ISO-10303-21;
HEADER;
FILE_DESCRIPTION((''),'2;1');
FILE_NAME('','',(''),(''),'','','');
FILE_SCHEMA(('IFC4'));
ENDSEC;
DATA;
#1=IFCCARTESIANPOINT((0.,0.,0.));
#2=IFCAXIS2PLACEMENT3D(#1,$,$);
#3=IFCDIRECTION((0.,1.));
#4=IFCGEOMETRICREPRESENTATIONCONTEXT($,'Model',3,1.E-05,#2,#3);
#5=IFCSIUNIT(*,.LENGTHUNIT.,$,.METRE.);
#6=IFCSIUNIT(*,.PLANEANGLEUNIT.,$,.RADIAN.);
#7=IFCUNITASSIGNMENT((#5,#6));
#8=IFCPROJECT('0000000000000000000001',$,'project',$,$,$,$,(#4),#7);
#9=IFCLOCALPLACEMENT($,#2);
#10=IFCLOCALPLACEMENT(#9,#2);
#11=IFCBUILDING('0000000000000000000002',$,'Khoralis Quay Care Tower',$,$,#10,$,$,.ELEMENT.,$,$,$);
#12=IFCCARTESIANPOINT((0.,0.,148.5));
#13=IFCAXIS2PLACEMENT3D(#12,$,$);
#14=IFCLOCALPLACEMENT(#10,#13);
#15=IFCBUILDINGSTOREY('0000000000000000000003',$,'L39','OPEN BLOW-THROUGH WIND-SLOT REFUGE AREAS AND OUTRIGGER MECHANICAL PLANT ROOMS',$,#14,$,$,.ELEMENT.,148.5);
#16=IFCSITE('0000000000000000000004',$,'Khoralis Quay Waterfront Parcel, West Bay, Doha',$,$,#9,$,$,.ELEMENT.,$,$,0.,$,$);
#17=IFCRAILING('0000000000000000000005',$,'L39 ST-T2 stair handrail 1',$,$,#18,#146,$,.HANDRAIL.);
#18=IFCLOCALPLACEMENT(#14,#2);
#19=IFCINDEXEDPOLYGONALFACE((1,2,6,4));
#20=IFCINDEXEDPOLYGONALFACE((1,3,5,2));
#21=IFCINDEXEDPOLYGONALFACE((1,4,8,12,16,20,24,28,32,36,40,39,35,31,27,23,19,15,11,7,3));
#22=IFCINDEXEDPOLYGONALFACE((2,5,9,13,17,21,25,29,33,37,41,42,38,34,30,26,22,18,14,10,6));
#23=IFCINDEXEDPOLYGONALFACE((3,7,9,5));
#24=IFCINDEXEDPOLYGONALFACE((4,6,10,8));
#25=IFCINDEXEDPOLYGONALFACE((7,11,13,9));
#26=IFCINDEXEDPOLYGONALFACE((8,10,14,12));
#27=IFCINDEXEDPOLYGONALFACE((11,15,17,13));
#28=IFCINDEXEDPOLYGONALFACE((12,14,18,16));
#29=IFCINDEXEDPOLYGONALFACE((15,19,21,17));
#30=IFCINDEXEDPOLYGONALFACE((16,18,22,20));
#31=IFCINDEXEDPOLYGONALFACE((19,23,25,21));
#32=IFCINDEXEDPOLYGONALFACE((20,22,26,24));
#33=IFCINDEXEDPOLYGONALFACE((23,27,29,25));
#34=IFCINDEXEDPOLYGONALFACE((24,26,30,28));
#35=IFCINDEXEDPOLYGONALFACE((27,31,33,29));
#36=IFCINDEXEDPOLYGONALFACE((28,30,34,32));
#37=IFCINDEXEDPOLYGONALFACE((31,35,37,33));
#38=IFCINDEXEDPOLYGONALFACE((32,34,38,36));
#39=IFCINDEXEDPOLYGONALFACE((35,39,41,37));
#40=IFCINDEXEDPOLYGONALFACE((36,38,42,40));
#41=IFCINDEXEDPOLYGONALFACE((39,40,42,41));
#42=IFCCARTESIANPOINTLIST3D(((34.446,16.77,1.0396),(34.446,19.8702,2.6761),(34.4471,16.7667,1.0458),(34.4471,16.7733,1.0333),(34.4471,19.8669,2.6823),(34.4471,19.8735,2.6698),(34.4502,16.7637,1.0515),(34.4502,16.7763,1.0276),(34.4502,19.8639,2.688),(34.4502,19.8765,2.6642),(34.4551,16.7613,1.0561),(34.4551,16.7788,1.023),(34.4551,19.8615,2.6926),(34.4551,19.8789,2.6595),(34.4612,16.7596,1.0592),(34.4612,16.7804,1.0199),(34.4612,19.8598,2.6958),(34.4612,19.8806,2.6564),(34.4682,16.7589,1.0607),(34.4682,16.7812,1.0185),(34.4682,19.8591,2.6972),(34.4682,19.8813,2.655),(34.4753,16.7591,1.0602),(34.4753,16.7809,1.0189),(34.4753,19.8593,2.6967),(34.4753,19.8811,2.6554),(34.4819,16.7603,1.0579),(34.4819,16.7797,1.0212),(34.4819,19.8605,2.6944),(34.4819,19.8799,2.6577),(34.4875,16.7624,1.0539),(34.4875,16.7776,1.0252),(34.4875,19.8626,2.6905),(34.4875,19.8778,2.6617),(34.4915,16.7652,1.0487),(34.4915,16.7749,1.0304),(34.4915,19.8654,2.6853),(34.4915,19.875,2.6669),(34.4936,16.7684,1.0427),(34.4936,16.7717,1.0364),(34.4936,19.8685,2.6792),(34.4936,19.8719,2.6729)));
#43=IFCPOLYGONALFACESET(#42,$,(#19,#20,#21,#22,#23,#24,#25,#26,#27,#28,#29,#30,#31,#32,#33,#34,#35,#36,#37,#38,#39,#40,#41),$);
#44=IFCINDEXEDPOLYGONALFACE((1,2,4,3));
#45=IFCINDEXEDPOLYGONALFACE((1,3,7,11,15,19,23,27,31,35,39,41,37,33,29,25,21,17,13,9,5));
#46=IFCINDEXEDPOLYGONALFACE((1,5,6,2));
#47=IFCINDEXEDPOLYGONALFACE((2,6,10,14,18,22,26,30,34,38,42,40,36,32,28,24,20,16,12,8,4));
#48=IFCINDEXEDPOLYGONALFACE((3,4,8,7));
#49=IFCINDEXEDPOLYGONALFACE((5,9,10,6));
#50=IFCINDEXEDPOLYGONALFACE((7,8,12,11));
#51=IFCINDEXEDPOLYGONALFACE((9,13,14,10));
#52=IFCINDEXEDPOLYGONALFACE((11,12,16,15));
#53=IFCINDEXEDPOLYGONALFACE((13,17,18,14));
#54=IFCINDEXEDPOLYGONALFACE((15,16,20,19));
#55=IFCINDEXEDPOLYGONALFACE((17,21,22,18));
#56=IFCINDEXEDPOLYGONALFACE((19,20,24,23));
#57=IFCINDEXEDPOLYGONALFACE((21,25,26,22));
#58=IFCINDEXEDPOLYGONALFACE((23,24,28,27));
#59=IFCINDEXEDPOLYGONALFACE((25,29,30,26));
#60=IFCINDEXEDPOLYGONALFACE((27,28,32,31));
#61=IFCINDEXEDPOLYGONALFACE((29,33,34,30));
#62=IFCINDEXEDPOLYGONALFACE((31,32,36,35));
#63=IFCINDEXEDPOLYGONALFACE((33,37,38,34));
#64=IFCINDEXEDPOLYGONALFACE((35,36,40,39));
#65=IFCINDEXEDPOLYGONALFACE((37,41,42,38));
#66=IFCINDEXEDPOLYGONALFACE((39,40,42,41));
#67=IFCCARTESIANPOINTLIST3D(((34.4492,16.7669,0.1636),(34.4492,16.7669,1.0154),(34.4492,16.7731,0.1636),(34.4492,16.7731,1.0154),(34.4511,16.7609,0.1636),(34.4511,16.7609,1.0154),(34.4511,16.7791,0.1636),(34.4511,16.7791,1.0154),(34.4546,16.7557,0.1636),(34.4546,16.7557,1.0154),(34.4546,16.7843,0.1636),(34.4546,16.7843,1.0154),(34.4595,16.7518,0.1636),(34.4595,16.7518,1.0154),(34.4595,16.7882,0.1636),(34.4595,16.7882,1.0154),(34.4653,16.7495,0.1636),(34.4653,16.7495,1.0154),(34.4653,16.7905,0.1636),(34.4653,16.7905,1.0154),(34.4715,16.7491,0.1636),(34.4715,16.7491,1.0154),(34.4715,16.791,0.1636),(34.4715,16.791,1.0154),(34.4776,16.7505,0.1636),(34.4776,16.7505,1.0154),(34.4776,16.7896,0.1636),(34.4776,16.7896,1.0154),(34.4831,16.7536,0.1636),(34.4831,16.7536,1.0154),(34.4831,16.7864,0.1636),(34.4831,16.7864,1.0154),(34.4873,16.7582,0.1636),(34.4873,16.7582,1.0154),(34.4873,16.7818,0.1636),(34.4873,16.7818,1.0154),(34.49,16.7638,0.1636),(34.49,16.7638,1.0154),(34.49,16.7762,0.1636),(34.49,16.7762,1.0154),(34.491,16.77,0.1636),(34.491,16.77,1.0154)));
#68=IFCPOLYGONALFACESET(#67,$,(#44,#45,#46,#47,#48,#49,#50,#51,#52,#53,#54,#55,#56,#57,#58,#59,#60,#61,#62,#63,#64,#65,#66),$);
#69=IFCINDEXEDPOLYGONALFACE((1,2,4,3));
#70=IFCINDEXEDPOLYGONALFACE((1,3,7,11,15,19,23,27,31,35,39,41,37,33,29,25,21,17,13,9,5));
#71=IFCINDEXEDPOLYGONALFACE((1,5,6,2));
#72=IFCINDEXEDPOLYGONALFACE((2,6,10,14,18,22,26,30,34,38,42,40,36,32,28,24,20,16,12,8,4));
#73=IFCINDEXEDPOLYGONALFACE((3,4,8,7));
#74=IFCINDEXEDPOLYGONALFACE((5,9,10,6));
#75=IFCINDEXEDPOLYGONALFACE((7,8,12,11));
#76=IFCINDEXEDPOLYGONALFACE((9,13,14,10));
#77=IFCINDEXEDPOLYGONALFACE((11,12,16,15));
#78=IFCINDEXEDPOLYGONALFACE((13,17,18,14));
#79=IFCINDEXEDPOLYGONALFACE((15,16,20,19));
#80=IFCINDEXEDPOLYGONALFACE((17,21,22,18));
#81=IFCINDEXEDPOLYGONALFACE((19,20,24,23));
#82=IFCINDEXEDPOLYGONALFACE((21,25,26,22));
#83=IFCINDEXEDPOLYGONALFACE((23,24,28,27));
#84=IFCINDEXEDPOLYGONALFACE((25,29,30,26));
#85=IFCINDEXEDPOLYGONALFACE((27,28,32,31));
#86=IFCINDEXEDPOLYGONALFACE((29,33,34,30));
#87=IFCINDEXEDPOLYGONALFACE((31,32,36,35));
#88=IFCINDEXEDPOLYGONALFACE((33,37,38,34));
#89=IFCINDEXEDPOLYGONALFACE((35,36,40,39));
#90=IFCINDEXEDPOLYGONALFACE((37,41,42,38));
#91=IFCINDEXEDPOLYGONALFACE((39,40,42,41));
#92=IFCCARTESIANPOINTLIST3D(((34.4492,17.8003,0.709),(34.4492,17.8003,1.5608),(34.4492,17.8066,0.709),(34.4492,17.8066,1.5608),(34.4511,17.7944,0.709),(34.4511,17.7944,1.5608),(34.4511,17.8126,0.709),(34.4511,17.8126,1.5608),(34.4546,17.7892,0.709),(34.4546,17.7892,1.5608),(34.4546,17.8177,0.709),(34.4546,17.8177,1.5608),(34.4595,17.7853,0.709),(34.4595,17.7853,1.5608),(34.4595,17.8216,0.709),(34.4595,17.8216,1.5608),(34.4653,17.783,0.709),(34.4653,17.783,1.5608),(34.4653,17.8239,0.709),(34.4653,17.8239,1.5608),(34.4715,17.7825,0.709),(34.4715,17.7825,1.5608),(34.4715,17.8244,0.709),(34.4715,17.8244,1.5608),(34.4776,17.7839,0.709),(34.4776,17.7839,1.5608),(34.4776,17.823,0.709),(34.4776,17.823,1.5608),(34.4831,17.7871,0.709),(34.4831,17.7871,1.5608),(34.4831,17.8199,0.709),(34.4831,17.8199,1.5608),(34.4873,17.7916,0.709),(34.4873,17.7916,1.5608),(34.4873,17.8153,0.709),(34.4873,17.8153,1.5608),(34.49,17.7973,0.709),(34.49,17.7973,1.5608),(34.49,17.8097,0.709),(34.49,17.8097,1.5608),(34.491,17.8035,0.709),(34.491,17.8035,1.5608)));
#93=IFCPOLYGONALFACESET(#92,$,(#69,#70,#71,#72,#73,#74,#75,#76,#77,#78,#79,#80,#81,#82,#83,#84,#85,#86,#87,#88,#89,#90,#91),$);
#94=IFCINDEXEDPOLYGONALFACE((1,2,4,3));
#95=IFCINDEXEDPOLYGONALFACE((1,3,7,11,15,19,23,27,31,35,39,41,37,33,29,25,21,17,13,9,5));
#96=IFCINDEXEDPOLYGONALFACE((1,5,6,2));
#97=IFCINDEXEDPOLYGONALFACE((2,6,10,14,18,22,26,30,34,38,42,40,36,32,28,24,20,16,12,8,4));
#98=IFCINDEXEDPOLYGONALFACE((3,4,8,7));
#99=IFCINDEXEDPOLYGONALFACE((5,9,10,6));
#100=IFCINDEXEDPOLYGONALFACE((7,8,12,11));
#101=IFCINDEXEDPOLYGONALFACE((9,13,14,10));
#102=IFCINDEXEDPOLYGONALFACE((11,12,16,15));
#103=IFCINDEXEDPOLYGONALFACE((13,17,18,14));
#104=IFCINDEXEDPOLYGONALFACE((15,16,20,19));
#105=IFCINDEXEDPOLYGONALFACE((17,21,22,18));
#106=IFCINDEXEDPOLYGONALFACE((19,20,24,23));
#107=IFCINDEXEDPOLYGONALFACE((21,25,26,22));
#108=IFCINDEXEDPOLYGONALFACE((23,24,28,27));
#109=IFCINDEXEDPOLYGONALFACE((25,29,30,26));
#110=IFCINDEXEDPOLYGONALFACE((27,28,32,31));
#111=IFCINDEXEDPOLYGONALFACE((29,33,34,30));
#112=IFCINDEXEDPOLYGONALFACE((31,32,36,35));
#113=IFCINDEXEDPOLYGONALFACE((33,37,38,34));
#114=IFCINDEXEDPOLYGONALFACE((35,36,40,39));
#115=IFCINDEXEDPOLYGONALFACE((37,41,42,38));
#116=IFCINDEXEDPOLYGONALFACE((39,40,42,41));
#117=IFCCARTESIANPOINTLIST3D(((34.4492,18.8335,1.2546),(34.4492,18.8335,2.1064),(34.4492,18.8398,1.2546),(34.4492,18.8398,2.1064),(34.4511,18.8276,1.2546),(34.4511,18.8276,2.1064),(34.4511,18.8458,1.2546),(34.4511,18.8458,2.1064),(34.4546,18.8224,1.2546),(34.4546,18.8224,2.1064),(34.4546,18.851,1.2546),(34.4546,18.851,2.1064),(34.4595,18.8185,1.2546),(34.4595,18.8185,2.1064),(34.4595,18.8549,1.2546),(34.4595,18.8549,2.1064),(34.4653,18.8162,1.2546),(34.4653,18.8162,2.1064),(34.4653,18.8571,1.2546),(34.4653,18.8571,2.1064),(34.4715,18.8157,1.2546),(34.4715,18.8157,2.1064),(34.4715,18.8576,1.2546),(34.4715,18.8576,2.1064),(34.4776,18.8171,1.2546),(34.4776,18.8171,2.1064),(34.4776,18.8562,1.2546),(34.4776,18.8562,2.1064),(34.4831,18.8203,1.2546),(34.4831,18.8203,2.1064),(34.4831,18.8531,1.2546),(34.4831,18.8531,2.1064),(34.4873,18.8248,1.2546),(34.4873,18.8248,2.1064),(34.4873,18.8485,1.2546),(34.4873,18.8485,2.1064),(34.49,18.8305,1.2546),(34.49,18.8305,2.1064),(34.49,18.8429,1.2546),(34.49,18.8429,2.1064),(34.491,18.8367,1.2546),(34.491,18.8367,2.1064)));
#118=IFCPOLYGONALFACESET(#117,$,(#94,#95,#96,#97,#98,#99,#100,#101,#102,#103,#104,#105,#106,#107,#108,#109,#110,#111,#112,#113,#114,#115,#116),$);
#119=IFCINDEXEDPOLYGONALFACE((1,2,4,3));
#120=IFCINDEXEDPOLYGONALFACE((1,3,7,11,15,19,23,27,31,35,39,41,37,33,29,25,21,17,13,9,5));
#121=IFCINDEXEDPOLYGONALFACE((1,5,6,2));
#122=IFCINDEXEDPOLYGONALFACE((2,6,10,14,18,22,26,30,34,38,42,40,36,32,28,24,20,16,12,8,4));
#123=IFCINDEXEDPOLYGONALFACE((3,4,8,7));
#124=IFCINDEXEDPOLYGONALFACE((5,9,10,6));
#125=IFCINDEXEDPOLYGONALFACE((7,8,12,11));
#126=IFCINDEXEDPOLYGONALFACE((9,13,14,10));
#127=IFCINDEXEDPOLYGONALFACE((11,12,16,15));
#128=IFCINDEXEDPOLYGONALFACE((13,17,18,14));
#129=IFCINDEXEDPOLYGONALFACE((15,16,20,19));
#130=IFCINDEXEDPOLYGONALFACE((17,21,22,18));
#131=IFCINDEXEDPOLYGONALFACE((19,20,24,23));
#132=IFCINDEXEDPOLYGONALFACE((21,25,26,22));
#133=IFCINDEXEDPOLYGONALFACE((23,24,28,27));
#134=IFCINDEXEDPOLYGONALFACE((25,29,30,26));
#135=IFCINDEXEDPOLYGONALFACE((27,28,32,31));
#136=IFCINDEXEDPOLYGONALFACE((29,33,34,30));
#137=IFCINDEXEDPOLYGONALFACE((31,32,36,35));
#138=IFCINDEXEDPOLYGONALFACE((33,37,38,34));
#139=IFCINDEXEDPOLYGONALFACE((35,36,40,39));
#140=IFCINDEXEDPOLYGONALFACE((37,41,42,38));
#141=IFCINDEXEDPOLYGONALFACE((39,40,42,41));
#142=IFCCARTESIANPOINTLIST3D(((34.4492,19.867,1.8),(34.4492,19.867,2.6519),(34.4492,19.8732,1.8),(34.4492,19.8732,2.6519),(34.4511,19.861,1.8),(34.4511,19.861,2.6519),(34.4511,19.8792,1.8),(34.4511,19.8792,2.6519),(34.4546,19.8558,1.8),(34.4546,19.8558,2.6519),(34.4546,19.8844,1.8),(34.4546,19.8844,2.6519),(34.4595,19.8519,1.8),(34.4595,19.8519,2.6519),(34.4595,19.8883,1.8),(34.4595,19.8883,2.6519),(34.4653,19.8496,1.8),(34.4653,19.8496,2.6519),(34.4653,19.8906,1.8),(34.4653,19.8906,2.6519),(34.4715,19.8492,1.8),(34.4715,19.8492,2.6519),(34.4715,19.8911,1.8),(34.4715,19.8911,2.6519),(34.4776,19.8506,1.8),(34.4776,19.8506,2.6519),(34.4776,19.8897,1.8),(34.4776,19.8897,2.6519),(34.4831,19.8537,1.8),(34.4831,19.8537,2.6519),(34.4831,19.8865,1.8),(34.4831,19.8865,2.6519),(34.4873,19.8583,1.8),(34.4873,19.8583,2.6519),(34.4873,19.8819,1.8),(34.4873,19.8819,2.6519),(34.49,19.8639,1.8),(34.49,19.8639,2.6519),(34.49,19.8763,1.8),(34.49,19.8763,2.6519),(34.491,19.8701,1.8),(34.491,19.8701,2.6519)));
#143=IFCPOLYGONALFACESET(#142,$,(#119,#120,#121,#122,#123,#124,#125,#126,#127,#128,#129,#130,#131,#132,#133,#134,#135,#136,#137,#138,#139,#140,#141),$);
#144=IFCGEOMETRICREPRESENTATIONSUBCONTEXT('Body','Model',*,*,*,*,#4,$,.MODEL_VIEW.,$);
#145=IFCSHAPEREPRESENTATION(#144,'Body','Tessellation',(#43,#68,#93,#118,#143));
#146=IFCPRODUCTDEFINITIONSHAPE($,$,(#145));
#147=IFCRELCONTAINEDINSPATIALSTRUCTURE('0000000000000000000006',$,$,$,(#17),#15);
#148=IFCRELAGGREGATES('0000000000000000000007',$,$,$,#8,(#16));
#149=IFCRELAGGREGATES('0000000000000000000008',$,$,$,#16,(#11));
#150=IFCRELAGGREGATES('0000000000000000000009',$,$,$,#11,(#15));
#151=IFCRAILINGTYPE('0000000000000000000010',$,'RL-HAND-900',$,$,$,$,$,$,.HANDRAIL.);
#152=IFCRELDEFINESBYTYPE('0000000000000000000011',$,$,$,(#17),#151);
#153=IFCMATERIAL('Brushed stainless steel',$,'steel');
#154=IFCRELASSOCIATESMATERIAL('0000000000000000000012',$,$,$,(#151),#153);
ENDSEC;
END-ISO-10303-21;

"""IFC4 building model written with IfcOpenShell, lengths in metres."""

from ifc_helpers import new_model, si_unit, direction, frame, origin, origin_2d, place, context, subcontext, project, spatial, circle, extrude, material, type_object, element, save


model = new_model("IFC4")

# Units and contexts
model_context = context("Model", 3, precision=1e-05, world=origin(), true_north=direction((0.0, 1.0)))
body_context = subcontext(model_context, "Body", "Model", "MODEL_VIEW")
ifc_project = project(units=[si_unit("LENGTHUNIT", "METRE"), si_unit("PLANEANGLEUNIT", "RADIAN")], contexts=[model_context])

# Site, building, storey
site_placement = place(None, origin())
site = spatial("IfcSite", under=ifc_project, at=site_placement, Name="Khoralis Quay Waterfront Parcel, West Bay, Doha", CompositionType="ELEMENT", RefElevation=0.0)
building_placement = place(site_placement, origin())
building = spatial("IfcBuilding", under=site, at=building_placement, Name="Khoralis Quay Care Tower", CompositionType="ELEMENT")
storey_placement = place(building_placement, frame((0.0, 0.0, 148.5)))
storey = spatial("IfcBuildingStorey", under=building, at=storey_placement, Name="L39", Description="OPEN BLOW-THROUGH WIND-SLOT REFUGE AREAS AND OUTRIGGER MECHANICAL PLANT ROOMS", CompositionType="ELEMENT", Elevation=148.5)

# Shared definitions
ifc_material_1 = material(Name="Brushed stainless steel", Category="steel")

# Railing
railing_type_1 = type_object("IfcRailingType", Name="RL-HAND-900", PredefinedType="HANDRAIL", material=ifc_material_1)
railing_1_placement = place(storey_placement, frame((34.47, 16.77, 0.1636)))
element("IfcRailing", 1, at=railing_1_placement, inside=storey, type_object=railing_type_1, Name="L39 ST-T2 stair handrail 1", PredefinedType="HANDRAIL", context=body_context, shape_type="SweptSolid", body=[
    extrude(circle(Radius=0.0239, at=origin_2d()), frame((0.0, 0.0, 0.876), z_axis=(0.0, 0.884348, 0.466828), x_axis=(-1.0, 0.0, 0.0)), (0.0, 0.0, 1.0), 3.5056),
    extrude(circle(Radius=0.021, at=origin_2d()), origin(), (0.0, 0.0, 1.0), 0.8518),
    extrude(circle(Radius=0.021, at=origin_2d()), frame((0.0, 1.0334, 0.5454)), (0.0, 0.0, 1.0), 0.8518),
    extrude(circle(Radius=0.021, at=origin_2d()), frame((0.0, 2.0667, 1.0911)), (0.0, 0.0, 1.0), 0.8518),
    extrude(circle(Radius=0.021, at=origin_2d()), frame((0.0, 3.1001, 1.6365)), (0.0, 0.0, 1.0), 0.8518),
])

save(model, "model.ifc")
